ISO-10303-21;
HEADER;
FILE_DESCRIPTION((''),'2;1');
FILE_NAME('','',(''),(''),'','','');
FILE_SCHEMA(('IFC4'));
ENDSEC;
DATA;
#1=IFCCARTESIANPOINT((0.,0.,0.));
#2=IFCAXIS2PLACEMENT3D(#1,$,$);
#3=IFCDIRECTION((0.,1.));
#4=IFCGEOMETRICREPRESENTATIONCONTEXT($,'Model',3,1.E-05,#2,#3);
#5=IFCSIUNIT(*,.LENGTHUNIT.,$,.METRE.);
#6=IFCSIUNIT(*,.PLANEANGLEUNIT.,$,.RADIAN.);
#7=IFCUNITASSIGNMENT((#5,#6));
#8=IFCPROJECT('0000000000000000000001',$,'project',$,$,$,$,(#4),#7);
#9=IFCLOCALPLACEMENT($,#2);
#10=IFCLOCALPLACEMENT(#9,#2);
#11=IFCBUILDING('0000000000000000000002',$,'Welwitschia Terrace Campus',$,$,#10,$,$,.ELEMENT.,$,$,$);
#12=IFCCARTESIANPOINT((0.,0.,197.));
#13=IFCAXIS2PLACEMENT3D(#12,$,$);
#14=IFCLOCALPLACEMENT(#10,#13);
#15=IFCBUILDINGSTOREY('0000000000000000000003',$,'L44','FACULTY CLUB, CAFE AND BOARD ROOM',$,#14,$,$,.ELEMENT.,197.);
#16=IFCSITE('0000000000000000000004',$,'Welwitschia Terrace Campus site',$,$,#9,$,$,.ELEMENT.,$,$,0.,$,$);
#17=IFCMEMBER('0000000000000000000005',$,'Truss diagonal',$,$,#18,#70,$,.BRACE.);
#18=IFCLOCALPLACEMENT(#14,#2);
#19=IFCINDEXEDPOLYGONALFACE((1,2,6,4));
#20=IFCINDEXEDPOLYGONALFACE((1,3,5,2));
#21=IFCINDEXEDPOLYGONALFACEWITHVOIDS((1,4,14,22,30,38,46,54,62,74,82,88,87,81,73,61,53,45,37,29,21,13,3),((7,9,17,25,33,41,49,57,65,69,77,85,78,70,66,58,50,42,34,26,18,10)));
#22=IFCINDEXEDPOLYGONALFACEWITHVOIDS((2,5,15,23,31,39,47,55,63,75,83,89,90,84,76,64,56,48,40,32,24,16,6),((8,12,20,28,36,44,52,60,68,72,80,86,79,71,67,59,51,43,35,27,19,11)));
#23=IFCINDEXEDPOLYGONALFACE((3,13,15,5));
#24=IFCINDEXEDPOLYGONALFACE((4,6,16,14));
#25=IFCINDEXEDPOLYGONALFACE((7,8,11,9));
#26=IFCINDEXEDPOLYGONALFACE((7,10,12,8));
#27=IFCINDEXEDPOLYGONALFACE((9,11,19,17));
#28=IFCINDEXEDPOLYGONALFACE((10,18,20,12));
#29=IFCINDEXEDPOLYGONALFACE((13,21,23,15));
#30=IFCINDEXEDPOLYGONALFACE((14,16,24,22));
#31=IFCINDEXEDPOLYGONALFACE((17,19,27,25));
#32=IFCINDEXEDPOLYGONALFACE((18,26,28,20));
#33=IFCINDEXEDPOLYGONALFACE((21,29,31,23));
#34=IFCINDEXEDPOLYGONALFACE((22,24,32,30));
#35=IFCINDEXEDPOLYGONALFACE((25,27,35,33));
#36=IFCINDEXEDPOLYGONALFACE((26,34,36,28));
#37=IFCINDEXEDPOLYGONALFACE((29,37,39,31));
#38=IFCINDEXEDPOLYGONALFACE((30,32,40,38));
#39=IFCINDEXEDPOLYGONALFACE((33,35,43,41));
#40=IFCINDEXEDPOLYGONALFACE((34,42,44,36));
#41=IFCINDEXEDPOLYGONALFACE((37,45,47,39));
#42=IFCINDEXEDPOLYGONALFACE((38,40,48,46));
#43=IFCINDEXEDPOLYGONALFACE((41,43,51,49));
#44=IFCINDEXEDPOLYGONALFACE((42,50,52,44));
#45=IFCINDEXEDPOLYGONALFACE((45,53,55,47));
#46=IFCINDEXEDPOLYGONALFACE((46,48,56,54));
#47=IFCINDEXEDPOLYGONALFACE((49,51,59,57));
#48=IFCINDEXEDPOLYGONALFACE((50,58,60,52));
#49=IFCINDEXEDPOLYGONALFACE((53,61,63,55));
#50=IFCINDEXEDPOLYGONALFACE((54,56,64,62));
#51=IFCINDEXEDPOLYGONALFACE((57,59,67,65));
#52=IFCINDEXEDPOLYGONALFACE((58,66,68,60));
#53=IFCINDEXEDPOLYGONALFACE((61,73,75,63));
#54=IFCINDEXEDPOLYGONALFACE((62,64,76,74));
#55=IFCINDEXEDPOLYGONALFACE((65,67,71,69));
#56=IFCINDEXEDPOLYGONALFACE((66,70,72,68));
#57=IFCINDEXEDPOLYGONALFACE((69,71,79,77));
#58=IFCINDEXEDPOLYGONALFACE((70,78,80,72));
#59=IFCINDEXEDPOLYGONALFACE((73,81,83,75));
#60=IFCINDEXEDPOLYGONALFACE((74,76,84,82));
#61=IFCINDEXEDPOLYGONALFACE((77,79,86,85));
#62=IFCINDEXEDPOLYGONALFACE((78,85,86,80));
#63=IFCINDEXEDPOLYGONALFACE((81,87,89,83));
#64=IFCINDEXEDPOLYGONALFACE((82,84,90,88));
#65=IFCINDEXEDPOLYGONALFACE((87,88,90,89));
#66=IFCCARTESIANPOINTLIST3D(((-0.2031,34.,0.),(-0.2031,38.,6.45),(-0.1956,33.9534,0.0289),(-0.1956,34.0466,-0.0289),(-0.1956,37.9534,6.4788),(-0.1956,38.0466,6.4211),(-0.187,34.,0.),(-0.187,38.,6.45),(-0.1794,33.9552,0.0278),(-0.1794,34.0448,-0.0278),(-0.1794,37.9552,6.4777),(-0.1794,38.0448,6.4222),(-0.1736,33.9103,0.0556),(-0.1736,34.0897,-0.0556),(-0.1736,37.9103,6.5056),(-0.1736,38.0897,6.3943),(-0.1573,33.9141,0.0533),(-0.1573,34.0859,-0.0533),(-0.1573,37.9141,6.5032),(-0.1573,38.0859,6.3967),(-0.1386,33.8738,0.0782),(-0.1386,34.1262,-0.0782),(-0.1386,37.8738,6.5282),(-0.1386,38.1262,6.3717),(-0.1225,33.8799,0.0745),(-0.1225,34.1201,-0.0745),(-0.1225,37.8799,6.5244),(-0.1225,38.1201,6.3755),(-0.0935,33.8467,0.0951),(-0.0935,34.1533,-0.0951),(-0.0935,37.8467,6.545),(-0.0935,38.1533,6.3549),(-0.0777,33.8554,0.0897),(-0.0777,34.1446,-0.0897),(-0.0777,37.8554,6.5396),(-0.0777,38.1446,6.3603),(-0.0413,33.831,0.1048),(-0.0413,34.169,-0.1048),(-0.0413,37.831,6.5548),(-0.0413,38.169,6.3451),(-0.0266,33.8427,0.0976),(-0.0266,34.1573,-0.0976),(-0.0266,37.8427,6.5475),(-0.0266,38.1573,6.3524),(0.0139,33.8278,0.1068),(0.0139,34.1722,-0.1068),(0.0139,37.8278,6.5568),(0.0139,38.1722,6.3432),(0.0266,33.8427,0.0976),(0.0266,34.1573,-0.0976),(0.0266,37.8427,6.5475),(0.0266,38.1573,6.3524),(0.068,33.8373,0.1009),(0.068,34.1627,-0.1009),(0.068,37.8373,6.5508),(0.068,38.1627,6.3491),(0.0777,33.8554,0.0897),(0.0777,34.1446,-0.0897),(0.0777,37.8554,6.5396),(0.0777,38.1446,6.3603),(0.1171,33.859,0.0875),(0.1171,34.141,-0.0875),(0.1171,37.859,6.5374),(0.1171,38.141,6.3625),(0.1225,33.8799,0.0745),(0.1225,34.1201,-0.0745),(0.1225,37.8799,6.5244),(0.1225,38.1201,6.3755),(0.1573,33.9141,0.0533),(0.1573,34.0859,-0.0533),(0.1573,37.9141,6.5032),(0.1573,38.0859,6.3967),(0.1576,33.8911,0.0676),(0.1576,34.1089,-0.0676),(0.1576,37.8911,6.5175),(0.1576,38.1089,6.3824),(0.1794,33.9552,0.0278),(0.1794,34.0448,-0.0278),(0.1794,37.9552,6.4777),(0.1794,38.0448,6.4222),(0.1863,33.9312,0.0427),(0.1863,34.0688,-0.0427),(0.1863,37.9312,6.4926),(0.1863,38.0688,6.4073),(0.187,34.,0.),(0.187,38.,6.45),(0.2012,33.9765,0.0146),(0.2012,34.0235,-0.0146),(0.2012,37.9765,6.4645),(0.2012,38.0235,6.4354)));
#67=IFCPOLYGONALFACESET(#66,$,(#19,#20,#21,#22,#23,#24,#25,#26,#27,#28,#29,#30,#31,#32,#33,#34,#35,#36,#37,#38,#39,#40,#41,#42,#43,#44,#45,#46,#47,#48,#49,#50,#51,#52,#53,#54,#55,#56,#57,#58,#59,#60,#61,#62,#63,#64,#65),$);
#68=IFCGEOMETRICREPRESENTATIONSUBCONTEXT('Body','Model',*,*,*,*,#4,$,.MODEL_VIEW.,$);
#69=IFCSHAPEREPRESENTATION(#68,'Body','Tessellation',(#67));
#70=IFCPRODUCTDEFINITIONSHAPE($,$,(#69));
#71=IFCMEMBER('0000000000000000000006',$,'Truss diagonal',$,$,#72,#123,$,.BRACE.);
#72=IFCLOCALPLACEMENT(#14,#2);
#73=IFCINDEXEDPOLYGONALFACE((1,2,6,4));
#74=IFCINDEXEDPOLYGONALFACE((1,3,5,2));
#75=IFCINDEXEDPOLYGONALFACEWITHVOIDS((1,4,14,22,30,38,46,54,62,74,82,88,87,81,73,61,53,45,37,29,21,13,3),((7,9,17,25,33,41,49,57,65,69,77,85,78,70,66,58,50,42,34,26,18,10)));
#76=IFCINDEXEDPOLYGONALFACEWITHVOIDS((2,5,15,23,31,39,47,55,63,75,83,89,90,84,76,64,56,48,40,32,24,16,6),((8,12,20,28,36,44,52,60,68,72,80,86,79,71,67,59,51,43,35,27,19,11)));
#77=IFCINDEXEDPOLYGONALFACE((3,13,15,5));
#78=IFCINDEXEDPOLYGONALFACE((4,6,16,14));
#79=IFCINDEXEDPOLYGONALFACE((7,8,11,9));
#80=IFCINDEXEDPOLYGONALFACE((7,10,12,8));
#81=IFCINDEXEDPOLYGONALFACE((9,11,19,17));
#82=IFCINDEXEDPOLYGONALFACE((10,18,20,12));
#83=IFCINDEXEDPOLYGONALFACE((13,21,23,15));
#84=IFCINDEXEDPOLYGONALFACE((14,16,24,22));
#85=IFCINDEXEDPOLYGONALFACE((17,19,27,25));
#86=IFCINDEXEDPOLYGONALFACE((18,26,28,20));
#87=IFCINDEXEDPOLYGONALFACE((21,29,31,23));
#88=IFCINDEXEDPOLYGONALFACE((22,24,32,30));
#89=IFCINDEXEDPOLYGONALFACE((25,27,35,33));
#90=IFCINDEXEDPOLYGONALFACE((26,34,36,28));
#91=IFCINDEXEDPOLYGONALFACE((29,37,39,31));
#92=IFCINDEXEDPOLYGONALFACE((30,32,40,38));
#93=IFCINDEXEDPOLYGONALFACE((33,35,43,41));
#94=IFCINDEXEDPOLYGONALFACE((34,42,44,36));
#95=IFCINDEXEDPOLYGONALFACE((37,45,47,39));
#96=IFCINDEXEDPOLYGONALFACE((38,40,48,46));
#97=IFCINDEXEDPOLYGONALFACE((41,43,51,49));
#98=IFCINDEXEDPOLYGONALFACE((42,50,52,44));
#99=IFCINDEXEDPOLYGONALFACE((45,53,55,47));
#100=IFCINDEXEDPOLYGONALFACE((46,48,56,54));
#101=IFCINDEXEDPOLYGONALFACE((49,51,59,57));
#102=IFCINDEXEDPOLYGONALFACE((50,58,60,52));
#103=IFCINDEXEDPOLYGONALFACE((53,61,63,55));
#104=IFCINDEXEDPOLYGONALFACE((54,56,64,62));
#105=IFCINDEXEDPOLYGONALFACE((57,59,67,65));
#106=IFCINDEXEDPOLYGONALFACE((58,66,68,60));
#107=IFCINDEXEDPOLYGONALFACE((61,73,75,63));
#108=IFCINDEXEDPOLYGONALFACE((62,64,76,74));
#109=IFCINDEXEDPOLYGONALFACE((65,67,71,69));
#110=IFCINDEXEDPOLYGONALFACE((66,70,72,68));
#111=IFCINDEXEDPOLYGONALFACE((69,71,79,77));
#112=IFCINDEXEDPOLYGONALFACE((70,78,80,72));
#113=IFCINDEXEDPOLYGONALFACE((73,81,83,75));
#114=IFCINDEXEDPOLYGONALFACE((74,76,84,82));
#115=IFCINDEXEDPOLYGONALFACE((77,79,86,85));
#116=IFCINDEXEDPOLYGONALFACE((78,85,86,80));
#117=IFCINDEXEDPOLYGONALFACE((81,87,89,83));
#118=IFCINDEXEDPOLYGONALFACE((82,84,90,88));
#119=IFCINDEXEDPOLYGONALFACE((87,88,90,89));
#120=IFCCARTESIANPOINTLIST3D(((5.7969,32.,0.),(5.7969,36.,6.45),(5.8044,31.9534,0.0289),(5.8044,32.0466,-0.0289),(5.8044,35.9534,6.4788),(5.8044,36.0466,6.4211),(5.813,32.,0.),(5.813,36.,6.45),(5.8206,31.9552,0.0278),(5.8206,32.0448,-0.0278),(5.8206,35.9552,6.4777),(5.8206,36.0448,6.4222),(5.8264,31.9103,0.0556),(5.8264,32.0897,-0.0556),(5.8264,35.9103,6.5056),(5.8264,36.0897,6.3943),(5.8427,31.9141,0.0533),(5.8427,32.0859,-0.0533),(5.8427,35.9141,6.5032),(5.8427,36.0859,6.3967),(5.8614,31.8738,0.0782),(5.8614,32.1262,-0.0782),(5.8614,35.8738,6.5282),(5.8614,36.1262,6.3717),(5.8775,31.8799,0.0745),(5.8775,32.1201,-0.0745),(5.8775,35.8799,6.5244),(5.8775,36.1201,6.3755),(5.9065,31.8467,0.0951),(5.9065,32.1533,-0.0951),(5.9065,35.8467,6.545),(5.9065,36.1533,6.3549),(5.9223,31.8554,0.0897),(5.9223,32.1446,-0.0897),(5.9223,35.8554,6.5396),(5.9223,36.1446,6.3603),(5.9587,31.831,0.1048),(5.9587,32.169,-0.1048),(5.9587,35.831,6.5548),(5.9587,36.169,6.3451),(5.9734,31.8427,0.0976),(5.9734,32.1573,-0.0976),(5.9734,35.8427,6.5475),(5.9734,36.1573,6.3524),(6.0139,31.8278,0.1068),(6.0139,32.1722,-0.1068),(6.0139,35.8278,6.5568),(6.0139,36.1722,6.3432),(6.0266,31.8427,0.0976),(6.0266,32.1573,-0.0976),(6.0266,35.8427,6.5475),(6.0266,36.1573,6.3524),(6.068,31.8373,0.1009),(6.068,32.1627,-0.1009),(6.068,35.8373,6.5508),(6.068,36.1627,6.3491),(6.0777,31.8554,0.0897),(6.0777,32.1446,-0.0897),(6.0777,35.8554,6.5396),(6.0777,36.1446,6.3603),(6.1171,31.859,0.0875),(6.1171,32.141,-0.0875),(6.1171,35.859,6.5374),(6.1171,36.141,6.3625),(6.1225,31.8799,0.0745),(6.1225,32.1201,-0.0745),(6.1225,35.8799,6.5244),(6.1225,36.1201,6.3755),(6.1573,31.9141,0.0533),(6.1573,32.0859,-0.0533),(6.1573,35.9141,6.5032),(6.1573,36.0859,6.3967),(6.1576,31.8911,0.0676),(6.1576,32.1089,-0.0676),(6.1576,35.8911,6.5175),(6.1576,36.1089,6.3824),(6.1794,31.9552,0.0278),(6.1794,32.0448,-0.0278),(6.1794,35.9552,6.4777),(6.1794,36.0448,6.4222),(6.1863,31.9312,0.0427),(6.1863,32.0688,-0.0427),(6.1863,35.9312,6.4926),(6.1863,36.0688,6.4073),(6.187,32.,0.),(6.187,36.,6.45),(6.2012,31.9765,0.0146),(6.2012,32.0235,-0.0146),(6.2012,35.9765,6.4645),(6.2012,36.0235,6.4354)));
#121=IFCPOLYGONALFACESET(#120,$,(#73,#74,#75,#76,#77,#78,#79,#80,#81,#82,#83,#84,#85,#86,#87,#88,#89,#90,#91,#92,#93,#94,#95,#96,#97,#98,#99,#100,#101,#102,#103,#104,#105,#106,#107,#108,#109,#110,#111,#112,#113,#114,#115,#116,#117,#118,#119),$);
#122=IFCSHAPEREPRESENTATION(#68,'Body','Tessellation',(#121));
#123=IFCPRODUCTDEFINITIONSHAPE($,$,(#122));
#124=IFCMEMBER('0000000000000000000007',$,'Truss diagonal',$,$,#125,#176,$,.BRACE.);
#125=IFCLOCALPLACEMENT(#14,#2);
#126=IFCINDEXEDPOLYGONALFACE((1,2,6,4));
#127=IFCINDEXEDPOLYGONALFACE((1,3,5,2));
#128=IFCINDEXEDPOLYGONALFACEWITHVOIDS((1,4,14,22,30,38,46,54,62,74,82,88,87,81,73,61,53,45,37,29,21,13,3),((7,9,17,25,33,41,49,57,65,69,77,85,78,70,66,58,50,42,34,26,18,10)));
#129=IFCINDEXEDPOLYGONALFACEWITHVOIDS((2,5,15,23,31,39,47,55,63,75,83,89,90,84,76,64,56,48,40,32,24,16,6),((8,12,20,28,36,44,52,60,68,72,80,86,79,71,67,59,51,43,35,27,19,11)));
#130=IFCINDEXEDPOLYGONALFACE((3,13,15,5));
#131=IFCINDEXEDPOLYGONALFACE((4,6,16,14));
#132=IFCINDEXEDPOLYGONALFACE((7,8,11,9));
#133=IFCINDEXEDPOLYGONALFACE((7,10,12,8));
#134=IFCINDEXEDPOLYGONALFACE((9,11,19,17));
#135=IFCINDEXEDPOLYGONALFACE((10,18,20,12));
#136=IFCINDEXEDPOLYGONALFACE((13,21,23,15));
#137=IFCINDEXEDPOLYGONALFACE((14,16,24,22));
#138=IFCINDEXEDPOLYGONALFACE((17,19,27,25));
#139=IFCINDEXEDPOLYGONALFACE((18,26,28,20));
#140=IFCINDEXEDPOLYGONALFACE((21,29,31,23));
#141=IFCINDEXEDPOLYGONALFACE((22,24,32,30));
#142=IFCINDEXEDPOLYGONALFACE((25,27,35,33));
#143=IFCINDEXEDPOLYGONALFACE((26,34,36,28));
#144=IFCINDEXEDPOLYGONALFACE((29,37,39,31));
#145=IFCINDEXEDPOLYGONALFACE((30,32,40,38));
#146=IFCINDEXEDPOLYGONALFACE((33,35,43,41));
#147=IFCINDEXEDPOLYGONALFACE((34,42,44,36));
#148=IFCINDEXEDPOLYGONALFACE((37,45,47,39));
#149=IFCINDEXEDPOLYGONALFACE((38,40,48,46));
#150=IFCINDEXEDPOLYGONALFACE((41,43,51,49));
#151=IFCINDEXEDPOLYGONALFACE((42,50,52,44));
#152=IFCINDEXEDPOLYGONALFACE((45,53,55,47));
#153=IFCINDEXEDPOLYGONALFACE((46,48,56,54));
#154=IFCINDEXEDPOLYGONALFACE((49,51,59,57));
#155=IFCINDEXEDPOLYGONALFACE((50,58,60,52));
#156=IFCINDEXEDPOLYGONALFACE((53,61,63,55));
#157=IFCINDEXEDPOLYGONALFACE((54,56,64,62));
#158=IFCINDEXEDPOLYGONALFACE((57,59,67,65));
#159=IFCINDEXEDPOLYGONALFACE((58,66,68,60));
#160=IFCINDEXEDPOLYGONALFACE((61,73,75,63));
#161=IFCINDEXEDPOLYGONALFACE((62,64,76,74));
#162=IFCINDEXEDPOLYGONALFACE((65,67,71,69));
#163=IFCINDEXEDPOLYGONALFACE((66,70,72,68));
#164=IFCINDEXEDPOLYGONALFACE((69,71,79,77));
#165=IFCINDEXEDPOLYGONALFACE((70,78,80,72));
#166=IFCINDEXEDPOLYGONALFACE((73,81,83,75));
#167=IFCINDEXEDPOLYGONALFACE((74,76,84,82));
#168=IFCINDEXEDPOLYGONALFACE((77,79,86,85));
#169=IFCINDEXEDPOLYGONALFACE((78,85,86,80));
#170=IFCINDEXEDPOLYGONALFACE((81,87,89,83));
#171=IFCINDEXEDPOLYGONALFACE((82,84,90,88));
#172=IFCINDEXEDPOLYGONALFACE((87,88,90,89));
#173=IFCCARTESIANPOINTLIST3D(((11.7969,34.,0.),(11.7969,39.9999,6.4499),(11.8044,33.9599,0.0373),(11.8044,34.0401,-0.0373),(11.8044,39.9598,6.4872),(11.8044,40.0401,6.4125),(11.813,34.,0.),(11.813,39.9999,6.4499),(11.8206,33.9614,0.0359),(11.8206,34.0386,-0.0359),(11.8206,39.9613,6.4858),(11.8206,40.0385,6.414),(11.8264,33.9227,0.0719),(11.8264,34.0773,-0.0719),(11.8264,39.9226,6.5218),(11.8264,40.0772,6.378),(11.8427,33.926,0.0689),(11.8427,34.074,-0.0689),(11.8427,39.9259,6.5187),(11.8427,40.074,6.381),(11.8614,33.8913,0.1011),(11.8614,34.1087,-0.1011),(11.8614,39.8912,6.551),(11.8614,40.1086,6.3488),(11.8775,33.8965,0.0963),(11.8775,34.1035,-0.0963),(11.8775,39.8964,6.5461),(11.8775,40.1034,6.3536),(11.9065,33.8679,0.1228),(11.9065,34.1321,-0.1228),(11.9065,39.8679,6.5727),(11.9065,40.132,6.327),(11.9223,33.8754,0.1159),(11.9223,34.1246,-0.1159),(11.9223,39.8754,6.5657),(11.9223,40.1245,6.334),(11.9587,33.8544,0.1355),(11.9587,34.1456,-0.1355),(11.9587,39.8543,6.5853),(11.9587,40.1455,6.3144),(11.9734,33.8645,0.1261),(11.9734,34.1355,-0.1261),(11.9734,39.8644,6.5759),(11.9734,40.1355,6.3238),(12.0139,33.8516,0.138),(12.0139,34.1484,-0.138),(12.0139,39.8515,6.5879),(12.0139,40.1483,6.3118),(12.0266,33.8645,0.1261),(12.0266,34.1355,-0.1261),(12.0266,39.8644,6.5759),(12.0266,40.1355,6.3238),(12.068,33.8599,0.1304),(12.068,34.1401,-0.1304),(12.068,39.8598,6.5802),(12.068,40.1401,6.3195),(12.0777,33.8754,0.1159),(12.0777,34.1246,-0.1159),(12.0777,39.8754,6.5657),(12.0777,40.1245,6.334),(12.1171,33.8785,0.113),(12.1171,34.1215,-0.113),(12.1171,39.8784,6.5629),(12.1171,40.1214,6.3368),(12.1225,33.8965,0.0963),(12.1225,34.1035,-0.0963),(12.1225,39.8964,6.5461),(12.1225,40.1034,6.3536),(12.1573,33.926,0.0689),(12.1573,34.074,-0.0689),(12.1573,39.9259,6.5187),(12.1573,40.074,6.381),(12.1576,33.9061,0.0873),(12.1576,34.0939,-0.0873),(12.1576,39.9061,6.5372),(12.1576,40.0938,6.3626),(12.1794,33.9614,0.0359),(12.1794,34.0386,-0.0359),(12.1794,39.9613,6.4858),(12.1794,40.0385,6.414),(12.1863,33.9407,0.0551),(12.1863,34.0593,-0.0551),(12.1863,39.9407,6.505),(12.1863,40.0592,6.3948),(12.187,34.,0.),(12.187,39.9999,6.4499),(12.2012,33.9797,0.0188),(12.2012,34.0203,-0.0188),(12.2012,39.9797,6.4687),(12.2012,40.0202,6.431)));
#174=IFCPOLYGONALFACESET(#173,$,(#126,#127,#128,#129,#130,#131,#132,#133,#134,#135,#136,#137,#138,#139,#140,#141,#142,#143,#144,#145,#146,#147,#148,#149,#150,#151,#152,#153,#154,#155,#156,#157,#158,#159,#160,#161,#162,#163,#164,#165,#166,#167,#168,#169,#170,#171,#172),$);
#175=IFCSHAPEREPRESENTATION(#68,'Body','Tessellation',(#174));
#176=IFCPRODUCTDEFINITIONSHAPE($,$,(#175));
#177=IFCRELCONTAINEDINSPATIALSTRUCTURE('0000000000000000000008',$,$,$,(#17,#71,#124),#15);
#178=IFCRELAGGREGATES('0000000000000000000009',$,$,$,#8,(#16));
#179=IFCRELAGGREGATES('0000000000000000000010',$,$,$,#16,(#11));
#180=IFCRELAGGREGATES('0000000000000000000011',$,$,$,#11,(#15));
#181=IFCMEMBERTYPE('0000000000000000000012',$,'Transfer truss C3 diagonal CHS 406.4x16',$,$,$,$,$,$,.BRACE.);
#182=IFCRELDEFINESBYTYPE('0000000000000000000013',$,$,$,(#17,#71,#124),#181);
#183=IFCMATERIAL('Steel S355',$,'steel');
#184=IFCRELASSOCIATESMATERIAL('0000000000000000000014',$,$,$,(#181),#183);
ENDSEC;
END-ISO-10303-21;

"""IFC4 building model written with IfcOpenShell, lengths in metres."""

from ifc_helpers import new_model, si_unit, direction, frame, origin, origin_2d, place, context, subcontext, project, spatial, hollow_circle, extrude, material, material_profile, profile_set, type_object, element, save


model = new_model("IFC4")

# Units and contexts
model_context = context("Model", 3, precision=1e-05, world=origin(), true_north=direction((0.0, 1.0)))
body_context = subcontext(model_context, "Body", "Model", "MODEL_VIEW")
ifc_project = project(units=[si_unit("LENGTHUNIT", "METRE"), si_unit("PLANEANGLEUNIT", "RADIAN")], contexts=[model_context])

# Site, building, storey
site_placement = place(None, origin())
site = spatial("IfcSite", under=ifc_project, at=site_placement, Name="Welwitschia Terrace Campus site", CompositionType="ELEMENT", RefElevation=0.0)
building_placement = place(site_placement, origin())
building = spatial("IfcBuilding", under=site, at=building_placement, Name="Welwitschia Terrace Campus", CompositionType="ELEMENT")
storey_placement = place(building_placement, frame((0.0, 0.0, 197.0)))
storey = spatial("IfcBuildingStorey", under=building, at=storey_placement, Name="L44", Description="FACULTY CLUB, CAFE AND BOARD ROOM", CompositionType="ELEMENT", Elevation=197.0)

# Members
ifc_material_1 = material(Name="Steel S355", Category="steel")
ifc_material_profile_1 = material_profile(ifc_material_1, hollow_circle(Radius=0.2031, WallThickness=0.0161, at=origin_2d()))
ifc_profile_set_1 = profile_set([ifc_material_profile_1], Name="Steel S355")
member_type_1 = type_object("IfcMemberType", Name="Transfer truss C3 diagonal CHS 406.4x16", PredefinedType="BRACE", material=ifc_profile_set_1)
for number, where, z_axis, x_axis, name in (
    (1, (0.0, 34.0, 0.0), (0.0, 0.527038, 0.849842), (-1.0, 0.0, 0.0), "Truss diagonal"),
    (2, (6.0, 32.0, 0.0), (0.0, 0.527038, 0.849842), (-1.0, 0.0, 0.0), "Truss diagonal"),
):
    element("IfcMember", number, at=place(storey_placement, frame(where, z_axis=z_axis, x_axis=x_axis)), inside=storey, type_object=member_type_1, Name=name, PredefinedType="BRACE", context=body_context, shape_type="SweptSolid", body=[
        extrude(hollow_circle(Radius=0.2031, WallThickness=0.0161, at=origin_2d()), origin(), (0.0, 0.0, 1.0), 7.5896),
    ])
member_1_placement = place(storey_placement, frame((12.0, 34.0, 0.0), z_axis=(0.0, 0.681107, 0.732184), x_axis=(-1.0, 0.0, 0.0)))
element("IfcMember", 3, at=member_1_placement, inside=storey, type_object=member_type_1, Name="Truss diagonal", PredefinedType="BRACE", context=body_context, shape_type="SweptSolid", body=[
    extrude(hollow_circle(Radius=0.2031, WallThickness=0.0161, at=origin_2d()), origin(), (0.0, 0.0, 1.0), 8.8091),
])

save(model, "model.ifc")
